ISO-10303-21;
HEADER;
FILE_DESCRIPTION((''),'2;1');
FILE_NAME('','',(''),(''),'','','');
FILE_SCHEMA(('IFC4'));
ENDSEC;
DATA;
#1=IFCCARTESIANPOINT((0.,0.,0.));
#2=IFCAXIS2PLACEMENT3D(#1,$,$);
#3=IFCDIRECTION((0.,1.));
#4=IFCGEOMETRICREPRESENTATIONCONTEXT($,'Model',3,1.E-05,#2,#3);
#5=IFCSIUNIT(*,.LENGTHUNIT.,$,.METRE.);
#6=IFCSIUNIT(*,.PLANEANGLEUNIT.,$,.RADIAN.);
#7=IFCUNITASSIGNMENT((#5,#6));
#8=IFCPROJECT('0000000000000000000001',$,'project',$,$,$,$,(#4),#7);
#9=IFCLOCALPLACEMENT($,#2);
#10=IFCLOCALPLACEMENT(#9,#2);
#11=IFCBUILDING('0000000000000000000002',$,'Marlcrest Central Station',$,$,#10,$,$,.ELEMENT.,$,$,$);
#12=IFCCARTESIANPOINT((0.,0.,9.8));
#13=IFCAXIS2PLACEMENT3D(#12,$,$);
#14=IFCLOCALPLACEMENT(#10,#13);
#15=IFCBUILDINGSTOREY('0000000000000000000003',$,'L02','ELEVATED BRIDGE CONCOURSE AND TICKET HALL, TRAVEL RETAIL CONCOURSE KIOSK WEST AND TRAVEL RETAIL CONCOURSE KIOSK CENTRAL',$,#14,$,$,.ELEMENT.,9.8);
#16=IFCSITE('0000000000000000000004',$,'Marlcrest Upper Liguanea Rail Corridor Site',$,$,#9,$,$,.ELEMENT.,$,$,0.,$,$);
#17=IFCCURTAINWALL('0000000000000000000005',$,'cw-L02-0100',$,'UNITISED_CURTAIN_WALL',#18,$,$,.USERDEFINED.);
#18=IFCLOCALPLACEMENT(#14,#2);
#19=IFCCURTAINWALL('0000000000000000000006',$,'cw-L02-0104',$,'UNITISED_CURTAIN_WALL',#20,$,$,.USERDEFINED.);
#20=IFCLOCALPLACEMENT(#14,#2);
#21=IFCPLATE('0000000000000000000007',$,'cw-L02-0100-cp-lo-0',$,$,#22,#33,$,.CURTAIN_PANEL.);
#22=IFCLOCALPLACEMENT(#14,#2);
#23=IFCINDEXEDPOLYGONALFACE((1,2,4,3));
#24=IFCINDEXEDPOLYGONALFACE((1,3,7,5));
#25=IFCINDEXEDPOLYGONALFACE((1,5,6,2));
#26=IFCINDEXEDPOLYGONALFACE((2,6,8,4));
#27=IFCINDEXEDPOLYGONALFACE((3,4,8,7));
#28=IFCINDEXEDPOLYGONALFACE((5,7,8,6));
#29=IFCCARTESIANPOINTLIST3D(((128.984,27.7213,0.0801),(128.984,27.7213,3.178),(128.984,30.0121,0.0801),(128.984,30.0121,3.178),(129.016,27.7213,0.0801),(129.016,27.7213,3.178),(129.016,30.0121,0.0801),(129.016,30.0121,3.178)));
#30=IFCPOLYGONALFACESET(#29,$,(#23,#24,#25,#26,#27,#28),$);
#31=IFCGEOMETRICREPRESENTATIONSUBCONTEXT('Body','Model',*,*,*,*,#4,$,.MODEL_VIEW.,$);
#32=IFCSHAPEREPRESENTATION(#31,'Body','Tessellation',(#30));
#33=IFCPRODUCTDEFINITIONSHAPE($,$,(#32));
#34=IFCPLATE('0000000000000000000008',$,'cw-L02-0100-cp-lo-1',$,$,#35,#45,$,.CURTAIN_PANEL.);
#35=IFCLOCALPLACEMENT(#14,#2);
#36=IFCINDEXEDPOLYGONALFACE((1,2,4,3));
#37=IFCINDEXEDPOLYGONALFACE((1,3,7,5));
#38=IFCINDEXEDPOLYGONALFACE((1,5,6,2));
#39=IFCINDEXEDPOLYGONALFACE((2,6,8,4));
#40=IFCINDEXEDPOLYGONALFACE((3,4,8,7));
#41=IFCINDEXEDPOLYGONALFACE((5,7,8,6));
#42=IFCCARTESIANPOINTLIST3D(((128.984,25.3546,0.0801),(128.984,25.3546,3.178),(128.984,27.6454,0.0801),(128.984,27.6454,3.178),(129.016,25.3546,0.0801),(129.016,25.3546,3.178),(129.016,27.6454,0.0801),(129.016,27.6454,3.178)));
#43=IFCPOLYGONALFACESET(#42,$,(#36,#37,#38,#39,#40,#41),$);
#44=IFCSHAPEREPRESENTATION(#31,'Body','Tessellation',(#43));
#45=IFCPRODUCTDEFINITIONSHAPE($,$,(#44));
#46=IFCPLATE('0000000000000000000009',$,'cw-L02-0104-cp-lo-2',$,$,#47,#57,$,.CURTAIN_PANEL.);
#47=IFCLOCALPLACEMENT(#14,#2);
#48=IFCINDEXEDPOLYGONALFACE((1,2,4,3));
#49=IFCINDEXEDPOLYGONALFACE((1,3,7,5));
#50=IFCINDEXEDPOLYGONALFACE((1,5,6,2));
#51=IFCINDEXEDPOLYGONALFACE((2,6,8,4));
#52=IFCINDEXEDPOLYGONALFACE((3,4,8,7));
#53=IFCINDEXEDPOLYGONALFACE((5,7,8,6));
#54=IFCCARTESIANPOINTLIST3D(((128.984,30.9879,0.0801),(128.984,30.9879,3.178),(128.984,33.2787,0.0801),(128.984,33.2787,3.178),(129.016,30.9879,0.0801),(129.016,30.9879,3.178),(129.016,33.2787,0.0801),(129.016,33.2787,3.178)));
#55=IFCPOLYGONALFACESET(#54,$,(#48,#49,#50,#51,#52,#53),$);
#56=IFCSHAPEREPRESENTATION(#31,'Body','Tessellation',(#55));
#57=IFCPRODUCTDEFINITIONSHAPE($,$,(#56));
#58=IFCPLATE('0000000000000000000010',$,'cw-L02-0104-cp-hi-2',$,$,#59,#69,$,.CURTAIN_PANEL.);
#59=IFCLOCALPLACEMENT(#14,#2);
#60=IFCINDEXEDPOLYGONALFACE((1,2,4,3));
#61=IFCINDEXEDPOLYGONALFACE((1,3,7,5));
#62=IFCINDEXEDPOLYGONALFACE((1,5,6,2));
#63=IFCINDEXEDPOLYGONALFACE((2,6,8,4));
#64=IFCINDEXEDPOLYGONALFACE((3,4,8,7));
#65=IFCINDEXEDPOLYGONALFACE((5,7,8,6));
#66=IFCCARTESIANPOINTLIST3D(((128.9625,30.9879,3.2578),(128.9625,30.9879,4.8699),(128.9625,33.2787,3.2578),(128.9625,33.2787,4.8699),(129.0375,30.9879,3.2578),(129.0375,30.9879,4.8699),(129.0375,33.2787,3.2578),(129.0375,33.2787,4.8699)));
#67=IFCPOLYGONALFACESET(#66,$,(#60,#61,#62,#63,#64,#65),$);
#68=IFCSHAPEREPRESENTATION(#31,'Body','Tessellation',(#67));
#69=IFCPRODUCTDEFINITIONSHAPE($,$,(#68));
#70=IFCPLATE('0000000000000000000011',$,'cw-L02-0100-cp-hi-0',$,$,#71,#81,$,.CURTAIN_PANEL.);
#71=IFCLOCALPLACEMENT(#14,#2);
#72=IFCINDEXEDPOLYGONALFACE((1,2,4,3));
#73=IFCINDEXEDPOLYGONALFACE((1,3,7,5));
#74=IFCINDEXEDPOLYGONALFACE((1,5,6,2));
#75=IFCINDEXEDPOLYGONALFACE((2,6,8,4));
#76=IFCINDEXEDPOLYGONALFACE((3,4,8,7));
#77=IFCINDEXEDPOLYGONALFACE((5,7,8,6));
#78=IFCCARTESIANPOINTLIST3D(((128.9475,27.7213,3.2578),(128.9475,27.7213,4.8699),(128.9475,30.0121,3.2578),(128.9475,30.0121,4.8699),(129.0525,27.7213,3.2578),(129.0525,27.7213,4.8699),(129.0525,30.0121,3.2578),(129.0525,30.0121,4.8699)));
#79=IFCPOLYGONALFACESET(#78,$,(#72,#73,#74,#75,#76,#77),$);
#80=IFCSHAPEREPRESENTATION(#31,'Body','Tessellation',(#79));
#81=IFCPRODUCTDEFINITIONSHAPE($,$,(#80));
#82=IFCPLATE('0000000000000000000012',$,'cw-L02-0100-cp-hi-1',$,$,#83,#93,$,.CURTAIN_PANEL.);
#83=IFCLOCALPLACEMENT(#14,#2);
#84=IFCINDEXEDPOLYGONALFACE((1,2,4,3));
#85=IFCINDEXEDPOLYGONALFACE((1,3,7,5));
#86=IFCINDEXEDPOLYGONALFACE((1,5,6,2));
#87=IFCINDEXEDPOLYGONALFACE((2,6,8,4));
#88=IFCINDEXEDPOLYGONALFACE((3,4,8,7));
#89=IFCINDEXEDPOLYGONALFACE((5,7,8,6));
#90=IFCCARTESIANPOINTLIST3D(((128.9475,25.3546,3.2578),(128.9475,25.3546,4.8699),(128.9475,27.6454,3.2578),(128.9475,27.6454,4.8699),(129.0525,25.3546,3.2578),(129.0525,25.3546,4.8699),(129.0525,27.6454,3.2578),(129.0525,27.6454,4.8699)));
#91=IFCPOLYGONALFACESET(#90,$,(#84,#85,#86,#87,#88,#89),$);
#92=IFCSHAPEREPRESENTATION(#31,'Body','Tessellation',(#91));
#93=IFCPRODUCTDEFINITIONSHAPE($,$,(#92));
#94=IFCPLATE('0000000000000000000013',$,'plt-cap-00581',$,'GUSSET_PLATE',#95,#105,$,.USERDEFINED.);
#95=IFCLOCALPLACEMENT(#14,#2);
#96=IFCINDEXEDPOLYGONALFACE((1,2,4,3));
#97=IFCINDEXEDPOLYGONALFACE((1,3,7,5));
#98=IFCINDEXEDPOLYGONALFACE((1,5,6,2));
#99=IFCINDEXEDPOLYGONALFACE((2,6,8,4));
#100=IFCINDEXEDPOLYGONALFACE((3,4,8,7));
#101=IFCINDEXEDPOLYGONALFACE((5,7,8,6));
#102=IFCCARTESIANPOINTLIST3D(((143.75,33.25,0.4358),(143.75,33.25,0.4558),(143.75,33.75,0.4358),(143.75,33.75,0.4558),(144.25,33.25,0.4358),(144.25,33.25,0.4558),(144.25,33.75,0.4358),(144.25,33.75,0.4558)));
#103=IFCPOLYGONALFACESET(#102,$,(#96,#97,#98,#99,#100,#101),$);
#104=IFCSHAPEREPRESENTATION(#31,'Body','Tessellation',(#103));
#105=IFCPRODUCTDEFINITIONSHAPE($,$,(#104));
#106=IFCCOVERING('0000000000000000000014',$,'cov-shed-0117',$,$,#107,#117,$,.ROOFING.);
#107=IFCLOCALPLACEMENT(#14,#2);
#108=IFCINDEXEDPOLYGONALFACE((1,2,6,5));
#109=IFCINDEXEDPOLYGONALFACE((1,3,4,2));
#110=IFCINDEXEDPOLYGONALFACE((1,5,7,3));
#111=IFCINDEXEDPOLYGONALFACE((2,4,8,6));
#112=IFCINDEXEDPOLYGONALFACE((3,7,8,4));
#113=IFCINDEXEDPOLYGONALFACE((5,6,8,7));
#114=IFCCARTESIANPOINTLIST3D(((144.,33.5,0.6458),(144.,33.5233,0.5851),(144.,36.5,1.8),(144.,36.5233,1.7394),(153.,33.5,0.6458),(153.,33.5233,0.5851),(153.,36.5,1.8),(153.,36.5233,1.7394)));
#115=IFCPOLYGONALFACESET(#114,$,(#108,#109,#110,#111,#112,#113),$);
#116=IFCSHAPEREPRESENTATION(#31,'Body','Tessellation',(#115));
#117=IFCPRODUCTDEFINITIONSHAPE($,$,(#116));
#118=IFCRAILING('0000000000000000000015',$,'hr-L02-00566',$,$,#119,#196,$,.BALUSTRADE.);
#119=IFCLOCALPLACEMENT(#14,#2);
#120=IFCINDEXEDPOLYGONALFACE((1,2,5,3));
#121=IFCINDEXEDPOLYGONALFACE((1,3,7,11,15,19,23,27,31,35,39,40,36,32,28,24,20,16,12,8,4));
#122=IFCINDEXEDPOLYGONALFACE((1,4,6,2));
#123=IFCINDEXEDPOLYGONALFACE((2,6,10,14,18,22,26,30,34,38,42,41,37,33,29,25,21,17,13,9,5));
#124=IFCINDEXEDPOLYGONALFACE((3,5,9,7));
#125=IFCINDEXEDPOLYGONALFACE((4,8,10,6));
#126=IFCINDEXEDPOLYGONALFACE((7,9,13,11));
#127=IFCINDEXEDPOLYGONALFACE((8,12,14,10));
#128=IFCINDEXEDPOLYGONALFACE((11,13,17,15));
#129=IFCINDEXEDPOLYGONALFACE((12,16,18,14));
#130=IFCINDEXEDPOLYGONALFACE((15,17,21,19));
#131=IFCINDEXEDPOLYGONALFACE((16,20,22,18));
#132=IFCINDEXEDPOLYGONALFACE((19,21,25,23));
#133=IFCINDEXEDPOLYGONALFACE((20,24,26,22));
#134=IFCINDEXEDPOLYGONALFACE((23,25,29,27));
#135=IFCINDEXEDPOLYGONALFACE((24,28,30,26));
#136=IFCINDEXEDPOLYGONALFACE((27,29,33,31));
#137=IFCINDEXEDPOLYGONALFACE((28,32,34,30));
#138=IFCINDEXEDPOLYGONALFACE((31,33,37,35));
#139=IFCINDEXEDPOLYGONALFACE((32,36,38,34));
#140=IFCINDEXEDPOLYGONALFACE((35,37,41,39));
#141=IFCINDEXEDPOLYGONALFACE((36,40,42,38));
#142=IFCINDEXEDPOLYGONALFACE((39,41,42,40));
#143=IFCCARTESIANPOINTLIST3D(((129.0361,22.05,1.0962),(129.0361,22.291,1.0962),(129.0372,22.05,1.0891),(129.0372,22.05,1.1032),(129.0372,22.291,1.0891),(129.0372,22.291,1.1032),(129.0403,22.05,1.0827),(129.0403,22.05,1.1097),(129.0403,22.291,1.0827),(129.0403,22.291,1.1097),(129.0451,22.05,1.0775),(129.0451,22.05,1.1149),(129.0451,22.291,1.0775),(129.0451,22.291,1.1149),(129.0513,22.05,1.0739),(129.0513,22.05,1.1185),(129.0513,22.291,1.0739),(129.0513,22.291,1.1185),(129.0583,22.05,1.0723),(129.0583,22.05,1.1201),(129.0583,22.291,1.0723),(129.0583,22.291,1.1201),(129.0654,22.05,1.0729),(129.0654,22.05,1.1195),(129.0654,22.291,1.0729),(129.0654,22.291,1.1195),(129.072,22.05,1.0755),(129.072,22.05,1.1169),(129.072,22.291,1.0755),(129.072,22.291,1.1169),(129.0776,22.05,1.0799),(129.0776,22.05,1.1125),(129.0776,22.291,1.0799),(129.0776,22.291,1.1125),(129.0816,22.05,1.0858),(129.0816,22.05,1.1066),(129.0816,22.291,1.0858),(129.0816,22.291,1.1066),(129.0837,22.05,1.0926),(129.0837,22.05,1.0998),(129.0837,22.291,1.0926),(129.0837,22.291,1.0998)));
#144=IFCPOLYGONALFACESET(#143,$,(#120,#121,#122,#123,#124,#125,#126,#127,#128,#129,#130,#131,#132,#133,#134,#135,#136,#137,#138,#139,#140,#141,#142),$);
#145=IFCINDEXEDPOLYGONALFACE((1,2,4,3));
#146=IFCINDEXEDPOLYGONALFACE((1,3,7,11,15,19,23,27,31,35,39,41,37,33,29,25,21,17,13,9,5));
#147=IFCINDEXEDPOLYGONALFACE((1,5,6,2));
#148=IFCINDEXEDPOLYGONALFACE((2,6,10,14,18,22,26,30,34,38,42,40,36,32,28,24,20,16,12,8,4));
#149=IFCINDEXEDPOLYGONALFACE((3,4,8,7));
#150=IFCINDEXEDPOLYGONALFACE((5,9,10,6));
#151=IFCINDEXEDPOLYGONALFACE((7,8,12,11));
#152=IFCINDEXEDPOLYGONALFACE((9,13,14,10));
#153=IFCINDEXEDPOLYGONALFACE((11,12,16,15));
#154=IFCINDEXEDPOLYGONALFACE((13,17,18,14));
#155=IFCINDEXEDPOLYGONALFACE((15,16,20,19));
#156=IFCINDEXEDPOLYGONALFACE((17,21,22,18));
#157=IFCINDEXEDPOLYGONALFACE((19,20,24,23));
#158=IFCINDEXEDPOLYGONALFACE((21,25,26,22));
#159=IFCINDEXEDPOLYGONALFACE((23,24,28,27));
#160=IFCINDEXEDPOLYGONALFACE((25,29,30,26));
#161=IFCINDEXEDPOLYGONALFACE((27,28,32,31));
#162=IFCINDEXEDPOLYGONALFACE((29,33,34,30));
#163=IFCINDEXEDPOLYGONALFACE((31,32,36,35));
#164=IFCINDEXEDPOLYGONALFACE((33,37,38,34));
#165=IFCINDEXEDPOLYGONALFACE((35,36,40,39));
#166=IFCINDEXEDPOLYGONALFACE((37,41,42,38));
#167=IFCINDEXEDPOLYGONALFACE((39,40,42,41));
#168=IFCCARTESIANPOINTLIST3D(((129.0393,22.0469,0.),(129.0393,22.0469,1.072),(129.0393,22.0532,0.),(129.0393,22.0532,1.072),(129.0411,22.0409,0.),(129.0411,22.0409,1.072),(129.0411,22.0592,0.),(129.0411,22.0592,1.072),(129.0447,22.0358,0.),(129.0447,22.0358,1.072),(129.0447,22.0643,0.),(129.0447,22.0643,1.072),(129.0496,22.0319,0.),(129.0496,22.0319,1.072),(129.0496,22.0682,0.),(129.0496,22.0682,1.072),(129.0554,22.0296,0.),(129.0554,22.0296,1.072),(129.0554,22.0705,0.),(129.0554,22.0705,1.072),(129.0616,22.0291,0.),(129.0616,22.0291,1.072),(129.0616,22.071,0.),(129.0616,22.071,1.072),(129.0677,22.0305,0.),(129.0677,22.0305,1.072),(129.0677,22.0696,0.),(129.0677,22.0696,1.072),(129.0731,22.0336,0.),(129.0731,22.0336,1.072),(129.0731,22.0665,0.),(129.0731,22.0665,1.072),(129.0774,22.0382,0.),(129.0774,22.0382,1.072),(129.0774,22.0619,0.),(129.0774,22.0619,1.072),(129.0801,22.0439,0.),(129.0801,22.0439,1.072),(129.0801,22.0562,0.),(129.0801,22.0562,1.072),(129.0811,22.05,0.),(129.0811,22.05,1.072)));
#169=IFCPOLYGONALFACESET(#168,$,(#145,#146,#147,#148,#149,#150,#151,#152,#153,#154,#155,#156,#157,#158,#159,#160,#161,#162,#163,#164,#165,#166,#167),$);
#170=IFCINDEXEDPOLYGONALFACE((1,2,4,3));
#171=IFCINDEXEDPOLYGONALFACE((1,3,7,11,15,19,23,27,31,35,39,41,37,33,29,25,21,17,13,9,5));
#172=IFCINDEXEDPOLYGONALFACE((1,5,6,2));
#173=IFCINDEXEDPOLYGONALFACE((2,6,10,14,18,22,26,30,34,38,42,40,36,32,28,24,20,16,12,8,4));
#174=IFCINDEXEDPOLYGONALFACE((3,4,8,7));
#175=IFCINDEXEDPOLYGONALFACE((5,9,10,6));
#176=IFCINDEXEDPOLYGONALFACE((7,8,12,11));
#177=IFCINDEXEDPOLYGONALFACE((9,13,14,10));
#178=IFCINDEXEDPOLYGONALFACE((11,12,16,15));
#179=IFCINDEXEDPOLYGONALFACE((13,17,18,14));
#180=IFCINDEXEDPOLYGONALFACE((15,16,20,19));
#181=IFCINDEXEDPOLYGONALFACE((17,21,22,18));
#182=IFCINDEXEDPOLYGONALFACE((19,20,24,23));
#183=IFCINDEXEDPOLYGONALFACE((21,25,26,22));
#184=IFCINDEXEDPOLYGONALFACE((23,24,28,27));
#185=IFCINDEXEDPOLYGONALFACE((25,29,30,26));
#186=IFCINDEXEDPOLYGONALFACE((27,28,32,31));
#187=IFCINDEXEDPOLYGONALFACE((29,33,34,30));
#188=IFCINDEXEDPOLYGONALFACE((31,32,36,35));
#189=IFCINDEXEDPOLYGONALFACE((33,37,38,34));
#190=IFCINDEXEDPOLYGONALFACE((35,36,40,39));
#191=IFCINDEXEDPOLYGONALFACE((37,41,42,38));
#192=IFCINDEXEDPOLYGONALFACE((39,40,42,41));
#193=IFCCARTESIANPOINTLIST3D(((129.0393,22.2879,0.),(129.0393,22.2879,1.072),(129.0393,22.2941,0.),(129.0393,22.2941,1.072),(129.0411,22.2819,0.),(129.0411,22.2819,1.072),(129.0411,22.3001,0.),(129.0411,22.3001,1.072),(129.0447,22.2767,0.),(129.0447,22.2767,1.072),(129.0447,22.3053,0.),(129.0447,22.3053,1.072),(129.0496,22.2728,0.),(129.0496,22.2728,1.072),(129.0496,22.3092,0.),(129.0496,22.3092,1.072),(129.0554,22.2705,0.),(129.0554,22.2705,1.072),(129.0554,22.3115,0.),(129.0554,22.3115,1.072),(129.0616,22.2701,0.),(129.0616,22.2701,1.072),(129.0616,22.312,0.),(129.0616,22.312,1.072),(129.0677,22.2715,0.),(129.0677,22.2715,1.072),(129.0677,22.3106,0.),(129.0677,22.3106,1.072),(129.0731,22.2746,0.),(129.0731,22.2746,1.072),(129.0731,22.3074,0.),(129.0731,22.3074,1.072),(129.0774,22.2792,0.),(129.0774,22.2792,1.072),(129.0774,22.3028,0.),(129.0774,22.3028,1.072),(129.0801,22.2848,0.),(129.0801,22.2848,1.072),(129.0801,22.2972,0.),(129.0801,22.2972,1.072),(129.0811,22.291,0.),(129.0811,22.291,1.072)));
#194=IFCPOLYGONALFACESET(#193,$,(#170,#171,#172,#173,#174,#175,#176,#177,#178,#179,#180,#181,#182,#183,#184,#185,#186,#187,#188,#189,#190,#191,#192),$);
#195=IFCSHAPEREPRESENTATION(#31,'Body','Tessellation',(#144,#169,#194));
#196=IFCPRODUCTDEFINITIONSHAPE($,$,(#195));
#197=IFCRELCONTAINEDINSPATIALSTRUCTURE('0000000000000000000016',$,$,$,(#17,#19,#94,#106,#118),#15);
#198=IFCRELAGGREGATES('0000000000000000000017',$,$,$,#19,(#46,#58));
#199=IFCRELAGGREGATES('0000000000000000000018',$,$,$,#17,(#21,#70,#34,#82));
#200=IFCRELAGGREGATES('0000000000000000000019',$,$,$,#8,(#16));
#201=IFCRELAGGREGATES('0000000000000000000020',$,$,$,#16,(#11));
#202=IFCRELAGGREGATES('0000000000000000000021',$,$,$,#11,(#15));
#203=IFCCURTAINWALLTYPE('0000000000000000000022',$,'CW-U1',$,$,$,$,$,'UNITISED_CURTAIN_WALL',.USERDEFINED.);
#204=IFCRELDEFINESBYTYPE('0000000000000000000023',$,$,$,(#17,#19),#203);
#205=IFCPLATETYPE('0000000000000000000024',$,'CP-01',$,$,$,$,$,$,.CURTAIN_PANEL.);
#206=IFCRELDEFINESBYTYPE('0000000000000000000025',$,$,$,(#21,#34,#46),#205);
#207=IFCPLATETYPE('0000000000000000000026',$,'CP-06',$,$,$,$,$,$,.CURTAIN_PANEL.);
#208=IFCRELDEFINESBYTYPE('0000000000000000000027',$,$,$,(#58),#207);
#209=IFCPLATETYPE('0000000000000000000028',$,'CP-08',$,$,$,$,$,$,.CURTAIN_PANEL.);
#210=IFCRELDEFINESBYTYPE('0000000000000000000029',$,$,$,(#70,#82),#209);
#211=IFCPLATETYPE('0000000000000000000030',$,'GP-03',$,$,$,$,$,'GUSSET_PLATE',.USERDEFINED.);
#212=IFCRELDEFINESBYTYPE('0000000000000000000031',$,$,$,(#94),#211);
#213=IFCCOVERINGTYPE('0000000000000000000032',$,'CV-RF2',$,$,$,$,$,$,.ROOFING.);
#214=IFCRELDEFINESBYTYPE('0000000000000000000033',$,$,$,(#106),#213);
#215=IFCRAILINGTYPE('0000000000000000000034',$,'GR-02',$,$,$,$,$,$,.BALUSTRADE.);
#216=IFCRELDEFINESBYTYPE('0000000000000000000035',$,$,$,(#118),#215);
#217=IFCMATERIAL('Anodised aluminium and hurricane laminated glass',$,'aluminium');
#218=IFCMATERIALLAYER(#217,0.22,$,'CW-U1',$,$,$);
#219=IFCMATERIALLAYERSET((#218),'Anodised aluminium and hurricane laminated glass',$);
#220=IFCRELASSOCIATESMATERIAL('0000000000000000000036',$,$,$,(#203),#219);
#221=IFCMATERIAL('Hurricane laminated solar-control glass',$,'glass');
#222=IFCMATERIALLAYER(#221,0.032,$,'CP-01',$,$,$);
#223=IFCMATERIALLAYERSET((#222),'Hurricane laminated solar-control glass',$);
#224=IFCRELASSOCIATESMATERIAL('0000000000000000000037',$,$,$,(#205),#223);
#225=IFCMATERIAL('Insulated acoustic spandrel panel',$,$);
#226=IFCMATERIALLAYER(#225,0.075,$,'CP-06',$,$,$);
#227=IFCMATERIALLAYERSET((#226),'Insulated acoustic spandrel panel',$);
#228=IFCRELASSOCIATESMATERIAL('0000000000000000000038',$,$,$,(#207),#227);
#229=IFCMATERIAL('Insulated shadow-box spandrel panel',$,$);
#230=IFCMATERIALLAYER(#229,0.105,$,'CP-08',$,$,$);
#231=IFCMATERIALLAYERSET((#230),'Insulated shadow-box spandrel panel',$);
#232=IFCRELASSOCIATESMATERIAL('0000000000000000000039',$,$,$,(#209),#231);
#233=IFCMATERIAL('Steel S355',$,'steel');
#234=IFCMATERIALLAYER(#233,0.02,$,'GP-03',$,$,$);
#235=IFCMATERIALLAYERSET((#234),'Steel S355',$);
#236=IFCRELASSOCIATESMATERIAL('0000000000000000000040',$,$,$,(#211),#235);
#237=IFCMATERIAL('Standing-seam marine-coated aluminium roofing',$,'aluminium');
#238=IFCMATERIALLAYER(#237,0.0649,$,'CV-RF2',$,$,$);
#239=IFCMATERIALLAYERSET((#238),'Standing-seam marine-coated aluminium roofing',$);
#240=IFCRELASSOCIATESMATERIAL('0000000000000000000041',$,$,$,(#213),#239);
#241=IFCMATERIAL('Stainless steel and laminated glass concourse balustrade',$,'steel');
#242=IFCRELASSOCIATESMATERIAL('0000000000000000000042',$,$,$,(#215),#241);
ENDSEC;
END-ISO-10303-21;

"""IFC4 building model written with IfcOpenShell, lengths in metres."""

from ifc_helpers import new_model, si_unit, direction, frame, origin, origin_2d, place, context, subcontext, project, spatial, polyline, rectangle, circle, outline, extrude, material, layer, layer_set, type_object, element, aggregate, save


model = new_model("IFC4")

# Units and contexts
model_context = context("Model", 3, precision=1e-05, world=origin(), true_north=direction((0.0, 1.0)))
body_context = subcontext(model_context, "Body", "Model", "MODEL_VIEW")
ifc_project = project(units=[si_unit("LENGTHUNIT", "METRE"), si_unit("PLANEANGLEUNIT", "RADIAN")], contexts=[model_context])

# Site, building, storey
site_placement = place(None, origin())
site = spatial("IfcSite", under=ifc_project, at=site_placement, Name="Marlcrest Upper Liguanea Rail Corridor Site", CompositionType="ELEMENT", RefElevation=0.0)
building_placement = place(site_placement, origin())
building = spatial("IfcBuilding", under=site, at=building_placement, Name="Marlcrest Central Station", CompositionType="ELEMENT")
storey_placement = place(building_placement, frame((0.0, 0.0, 9.8)))
storey = spatial("IfcBuildingStorey", under=building, at=storey_placement, Name="L02", Description="ELEVATED BRIDGE CONCOURSE AND TICKET HALL, TRAVEL RETAIL CONCOURSE KIOSK WEST AND TRAVEL RETAIL CONCOURSE KIOSK CENTRAL", CompositionType="ELEMENT", Elevation=9.8)

# Shared definitions
ifc_material_1 = material(Name="Steel S355", Category="steel")

# Curtain walls
ifc_material_2 = material(Name="Anodised aluminium and hurricane laminated glass", Category="aluminium")
ifc_layer_1 = layer(ifc_material_2, 0.22, Name="CW-U1")
ifc_layer_set_1 = layer_set([ifc_layer_1], Name="Anodised aluminium and hurricane laminated glass")
curtain_wall_type = type_object("IfcCurtainWallType", Name="CW-U1", ElementType="UNITISED_CURTAIN_WALL", PredefinedType="USERDEFINED", material=ifc_layer_set_1)
curtain_wall_1_placement = place(storey_placement, origin())
curtain_wall_1 = element("IfcCurtainWall", 1, at=curtain_wall_1_placement, inside=storey, type_object=curtain_wall_type, Name="cw-L02-0100", ObjectType="UNITISED_CURTAIN_WALL", PredefinedType="USERDEFINED")
curtain_wall_2_placement = place(storey_placement, origin())
curtain_wall_2 = element("IfcCurtainWall", 2, at=curtain_wall_2_placement, inside=storey, type_object=curtain_wall_type, Name="cw-L02-0104", ObjectType="UNITISED_CURTAIN_WALL", PredefinedType="USERDEFINED")

# Plates
ifc_material_3 = material(Name="Hurricane laminated solar-control glass", Category="glass")
ifc_layer_2 = layer(ifc_material_3, 0.032, Name="CP-01")
ifc_layer_set_2 = layer_set([ifc_layer_2], Name="Hurricane laminated solar-control glass")
plate_type_1 = type_object("IfcPlateType", Name="CP-01", PredefinedType="CURTAIN_PANEL", material=ifc_layer_set_2)
plate_1_placement = place(storey_placement, frame((129.0, 28.8667, 0.0801), z_axis=(0.0, 0.0, 1.0), x_axis=(0.0, -1.0, 0.0)))
plate_1 = element("IfcPlate", 3, at=plate_1_placement, type_object=plate_type_1, Name="cw-L02-0100-cp-lo-0", PredefinedType="CURTAIN_PANEL", context=body_context, shape_type="SweptSolid", body=[
    extrude(rectangle(XDim=2.2908, YDim=0.032, at=origin_2d()), origin(), (0.0, 0.0, 1.0), 3.0979),
])
plate_2_placement = place(storey_placement, frame((129.0, 26.5, 0.0801), z_axis=(0.0, 0.0, 1.0), x_axis=(0.0, -1.0, 0.0)))
plate_2 = element("IfcPlate", 4, at=plate_2_placement, type_object=plate_type_1, Name="cw-L02-0100-cp-lo-1", PredefinedType="CURTAIN_PANEL", context=body_context, shape_type="SweptSolid", body=[
    extrude(rectangle(XDim=2.2908, YDim=0.032, at=origin_2d()), origin(), (0.0, 0.0, 1.0), 3.0979),
])
plate_3_placement = place(storey_placement, frame((129.0, 32.1333, 0.0801), z_axis=(0.0, 0.0, 1.0), x_axis=(0.0, -1.0, 0.0)))
plate_3 = element("IfcPlate", 5, at=plate_3_placement, type_object=plate_type_1, Name="cw-L02-0104-cp-lo-2", PredefinedType="CURTAIN_PANEL", context=body_context, shape_type="SweptSolid", body=[
    extrude(rectangle(XDim=2.2908, YDim=0.032, at=origin_2d()), origin(), (0.0, 0.0, 1.0), 3.0979),
])
ifc_material_4 = material(Name="Insulated acoustic spandrel panel")
ifc_layer_3 = layer(ifc_material_4, 0.075, Name="CP-06")
ifc_layer_set_3 = layer_set([ifc_layer_3], Name="Insulated acoustic spandrel panel")
plate_type_2 = type_object("IfcPlateType", Name="CP-06", PredefinedType="CURTAIN_PANEL", material=ifc_layer_set_3)
plate_4_placement = place(storey_placement, frame((129.0, 32.1333, 3.2578), z_axis=(0.0, 0.0, 1.0), x_axis=(0.0, -1.0, 0.0)))
plate_4 = element("IfcPlate", 6, at=plate_4_placement, type_object=plate_type_2, Name="cw-L02-0104-cp-hi-2", PredefinedType="CURTAIN_PANEL", context=body_context, shape_type="SweptSolid", body=[
    extrude(rectangle(XDim=2.2908, YDim=0.075, at=origin_2d()), origin(), (0.0, 0.0, 1.0), 1.6121),
])
aggregate(curtain_wall_2, [plate_3, plate_4])
ifc_material_5 = material(Name="Insulated shadow-box spandrel panel")
ifc_layer_4 = layer(ifc_material_5, 0.105, Name="CP-08")
ifc_layer_set_4 = layer_set([ifc_layer_4], Name="Insulated shadow-box spandrel panel")
plate_type_3 = type_object("IfcPlateType", Name="CP-08", PredefinedType="CURTAIN_PANEL", material=ifc_layer_set_4)
plate_5_placement = place(storey_placement, frame((129.0, 28.8667, 3.2578), z_axis=(0.0, 0.0, 1.0), x_axis=(0.0, -1.0, 0.0)))
plate_5 = element("IfcPlate", 7, at=plate_5_placement, type_object=plate_type_3, Name="cw-L02-0100-cp-hi-0", PredefinedType="CURTAIN_PANEL", context=body_context, shape_type="SweptSolid", body=[
    extrude(rectangle(XDim=2.2908, YDim=0.105, at=origin_2d()), origin(), (0.0, 0.0, 1.0), 1.6121),
])
plate_6_placement = place(storey_placement, frame((129.0, 26.5, 3.2578), z_axis=(0.0, 0.0, 1.0), x_axis=(0.0, -1.0, 0.0)))
plate_6 = element("IfcPlate", 8, at=plate_6_placement, type_object=plate_type_3, Name="cw-L02-0100-cp-hi-1", PredefinedType="CURTAIN_PANEL", context=body_context, shape_type="SweptSolid", body=[
    extrude(rectangle(XDim=2.2908, YDim=0.105, at=origin_2d()), origin(), (0.0, 0.0, 1.0), 1.6121),
])
aggregate(curtain_wall_1, [plate_1, plate_5, plate_2, plate_6])
ifc_layer_5 = layer(ifc_material_1, 0.02, Name="GP-03")
ifc_layer_set_5 = layer_set([ifc_layer_5], Name="Steel S355")
plate_type_4 = type_object("IfcPlateType", Name="GP-03", ElementType="GUSSET_PLATE", PredefinedType="USERDEFINED", material=ifc_layer_set_5)
plate_7_placement = place(storey_placement, frame((144.0, 33.5, 0.4358), z_axis=(0.0, 0.0, 1.0), x_axis=(1.0, 0.0, 0.0)))
element("IfcPlate", 9, at=plate_7_placement, inside=storey, type_object=plate_type_4, Name="plt-cap-00581", ObjectType="GUSSET_PLATE", PredefinedType="USERDEFINED", context=body_context, shape_type="SweptSolid", body=[
    extrude(rectangle(XDim=0.5, YDim=0.5, at=origin_2d()), origin(), (0.0, 0.0, 1.0), 0.02),
])

# Covering
ifc_material_6 = material(Name="Standing-seam marine-coated aluminium roofing", Category="aluminium")
ifc_layer_6 = layer(ifc_material_6, 0.0649, Name="CV-RF2")
ifc_layer_set_6 = layer_set([ifc_layer_6], Name="Standing-seam marine-coated aluminium roofing")
covering_type = type_object("IfcCoveringType", Name="CV-RF2", PredefinedType="ROOFING", material=ifc_layer_set_6)
covering_placement = place(storey_placement, frame((144.0, 33.5, 0.6458), z_axis=(0.0, -0.359101, 0.933299), x_axis=(1.0, 0.0, 0.0)))
element("IfcCovering", 10, at=covering_placement, inside=storey, type_object=covering_type, Name="cov-shed-0117", PredefinedType="ROOFING", context=body_context, shape_type="SweptSolid", body=[
    extrude(outline(polyline([(0.0, 0.0), (9.0, 0.0), (9.0, 3.2144), (0.0, 3.2144), (0.0, 0.0)])), origin(), (0.0, 0.0, -1.0), 0.0649),
])

# Railing
ifc_material_7 = material(Name="Stainless steel and laminated glass concourse balustrade", Category="steel")
railing_type = type_object("IfcRailingType", Name="GR-02", PredefinedType="BALUSTRADE", material=ifc_material_7)
railing_1_placement = place(storey_placement, frame((129.0601, 22.05, 0.0)))
element("IfcRailing", 11, at=railing_1_placement, inside=storey, type_object=railing_type, Name="hr-L02-00566", PredefinedType="BALUSTRADE", context=body_context, shape_type="SweptSolid", body=[
    extrude(circle(Radius=0.0239, at=origin_2d()), frame((0.0, 0.0, 1.0962), z_axis=(0.0, 1.0, 0.0), x_axis=(-1.0, 0.0, 0.0)), (0.0, 0.0, 1.0), 0.241),
    extrude(circle(Radius=0.021, at=origin_2d()), origin(), (0.0, 0.0, 1.0), 1.072),
    extrude(circle(Radius=0.021, at=origin_2d()), frame((0.0, 0.241, 0.0)), (0.0, 0.0, 1.0), 1.072),
])

save(model, "model.ifc")
